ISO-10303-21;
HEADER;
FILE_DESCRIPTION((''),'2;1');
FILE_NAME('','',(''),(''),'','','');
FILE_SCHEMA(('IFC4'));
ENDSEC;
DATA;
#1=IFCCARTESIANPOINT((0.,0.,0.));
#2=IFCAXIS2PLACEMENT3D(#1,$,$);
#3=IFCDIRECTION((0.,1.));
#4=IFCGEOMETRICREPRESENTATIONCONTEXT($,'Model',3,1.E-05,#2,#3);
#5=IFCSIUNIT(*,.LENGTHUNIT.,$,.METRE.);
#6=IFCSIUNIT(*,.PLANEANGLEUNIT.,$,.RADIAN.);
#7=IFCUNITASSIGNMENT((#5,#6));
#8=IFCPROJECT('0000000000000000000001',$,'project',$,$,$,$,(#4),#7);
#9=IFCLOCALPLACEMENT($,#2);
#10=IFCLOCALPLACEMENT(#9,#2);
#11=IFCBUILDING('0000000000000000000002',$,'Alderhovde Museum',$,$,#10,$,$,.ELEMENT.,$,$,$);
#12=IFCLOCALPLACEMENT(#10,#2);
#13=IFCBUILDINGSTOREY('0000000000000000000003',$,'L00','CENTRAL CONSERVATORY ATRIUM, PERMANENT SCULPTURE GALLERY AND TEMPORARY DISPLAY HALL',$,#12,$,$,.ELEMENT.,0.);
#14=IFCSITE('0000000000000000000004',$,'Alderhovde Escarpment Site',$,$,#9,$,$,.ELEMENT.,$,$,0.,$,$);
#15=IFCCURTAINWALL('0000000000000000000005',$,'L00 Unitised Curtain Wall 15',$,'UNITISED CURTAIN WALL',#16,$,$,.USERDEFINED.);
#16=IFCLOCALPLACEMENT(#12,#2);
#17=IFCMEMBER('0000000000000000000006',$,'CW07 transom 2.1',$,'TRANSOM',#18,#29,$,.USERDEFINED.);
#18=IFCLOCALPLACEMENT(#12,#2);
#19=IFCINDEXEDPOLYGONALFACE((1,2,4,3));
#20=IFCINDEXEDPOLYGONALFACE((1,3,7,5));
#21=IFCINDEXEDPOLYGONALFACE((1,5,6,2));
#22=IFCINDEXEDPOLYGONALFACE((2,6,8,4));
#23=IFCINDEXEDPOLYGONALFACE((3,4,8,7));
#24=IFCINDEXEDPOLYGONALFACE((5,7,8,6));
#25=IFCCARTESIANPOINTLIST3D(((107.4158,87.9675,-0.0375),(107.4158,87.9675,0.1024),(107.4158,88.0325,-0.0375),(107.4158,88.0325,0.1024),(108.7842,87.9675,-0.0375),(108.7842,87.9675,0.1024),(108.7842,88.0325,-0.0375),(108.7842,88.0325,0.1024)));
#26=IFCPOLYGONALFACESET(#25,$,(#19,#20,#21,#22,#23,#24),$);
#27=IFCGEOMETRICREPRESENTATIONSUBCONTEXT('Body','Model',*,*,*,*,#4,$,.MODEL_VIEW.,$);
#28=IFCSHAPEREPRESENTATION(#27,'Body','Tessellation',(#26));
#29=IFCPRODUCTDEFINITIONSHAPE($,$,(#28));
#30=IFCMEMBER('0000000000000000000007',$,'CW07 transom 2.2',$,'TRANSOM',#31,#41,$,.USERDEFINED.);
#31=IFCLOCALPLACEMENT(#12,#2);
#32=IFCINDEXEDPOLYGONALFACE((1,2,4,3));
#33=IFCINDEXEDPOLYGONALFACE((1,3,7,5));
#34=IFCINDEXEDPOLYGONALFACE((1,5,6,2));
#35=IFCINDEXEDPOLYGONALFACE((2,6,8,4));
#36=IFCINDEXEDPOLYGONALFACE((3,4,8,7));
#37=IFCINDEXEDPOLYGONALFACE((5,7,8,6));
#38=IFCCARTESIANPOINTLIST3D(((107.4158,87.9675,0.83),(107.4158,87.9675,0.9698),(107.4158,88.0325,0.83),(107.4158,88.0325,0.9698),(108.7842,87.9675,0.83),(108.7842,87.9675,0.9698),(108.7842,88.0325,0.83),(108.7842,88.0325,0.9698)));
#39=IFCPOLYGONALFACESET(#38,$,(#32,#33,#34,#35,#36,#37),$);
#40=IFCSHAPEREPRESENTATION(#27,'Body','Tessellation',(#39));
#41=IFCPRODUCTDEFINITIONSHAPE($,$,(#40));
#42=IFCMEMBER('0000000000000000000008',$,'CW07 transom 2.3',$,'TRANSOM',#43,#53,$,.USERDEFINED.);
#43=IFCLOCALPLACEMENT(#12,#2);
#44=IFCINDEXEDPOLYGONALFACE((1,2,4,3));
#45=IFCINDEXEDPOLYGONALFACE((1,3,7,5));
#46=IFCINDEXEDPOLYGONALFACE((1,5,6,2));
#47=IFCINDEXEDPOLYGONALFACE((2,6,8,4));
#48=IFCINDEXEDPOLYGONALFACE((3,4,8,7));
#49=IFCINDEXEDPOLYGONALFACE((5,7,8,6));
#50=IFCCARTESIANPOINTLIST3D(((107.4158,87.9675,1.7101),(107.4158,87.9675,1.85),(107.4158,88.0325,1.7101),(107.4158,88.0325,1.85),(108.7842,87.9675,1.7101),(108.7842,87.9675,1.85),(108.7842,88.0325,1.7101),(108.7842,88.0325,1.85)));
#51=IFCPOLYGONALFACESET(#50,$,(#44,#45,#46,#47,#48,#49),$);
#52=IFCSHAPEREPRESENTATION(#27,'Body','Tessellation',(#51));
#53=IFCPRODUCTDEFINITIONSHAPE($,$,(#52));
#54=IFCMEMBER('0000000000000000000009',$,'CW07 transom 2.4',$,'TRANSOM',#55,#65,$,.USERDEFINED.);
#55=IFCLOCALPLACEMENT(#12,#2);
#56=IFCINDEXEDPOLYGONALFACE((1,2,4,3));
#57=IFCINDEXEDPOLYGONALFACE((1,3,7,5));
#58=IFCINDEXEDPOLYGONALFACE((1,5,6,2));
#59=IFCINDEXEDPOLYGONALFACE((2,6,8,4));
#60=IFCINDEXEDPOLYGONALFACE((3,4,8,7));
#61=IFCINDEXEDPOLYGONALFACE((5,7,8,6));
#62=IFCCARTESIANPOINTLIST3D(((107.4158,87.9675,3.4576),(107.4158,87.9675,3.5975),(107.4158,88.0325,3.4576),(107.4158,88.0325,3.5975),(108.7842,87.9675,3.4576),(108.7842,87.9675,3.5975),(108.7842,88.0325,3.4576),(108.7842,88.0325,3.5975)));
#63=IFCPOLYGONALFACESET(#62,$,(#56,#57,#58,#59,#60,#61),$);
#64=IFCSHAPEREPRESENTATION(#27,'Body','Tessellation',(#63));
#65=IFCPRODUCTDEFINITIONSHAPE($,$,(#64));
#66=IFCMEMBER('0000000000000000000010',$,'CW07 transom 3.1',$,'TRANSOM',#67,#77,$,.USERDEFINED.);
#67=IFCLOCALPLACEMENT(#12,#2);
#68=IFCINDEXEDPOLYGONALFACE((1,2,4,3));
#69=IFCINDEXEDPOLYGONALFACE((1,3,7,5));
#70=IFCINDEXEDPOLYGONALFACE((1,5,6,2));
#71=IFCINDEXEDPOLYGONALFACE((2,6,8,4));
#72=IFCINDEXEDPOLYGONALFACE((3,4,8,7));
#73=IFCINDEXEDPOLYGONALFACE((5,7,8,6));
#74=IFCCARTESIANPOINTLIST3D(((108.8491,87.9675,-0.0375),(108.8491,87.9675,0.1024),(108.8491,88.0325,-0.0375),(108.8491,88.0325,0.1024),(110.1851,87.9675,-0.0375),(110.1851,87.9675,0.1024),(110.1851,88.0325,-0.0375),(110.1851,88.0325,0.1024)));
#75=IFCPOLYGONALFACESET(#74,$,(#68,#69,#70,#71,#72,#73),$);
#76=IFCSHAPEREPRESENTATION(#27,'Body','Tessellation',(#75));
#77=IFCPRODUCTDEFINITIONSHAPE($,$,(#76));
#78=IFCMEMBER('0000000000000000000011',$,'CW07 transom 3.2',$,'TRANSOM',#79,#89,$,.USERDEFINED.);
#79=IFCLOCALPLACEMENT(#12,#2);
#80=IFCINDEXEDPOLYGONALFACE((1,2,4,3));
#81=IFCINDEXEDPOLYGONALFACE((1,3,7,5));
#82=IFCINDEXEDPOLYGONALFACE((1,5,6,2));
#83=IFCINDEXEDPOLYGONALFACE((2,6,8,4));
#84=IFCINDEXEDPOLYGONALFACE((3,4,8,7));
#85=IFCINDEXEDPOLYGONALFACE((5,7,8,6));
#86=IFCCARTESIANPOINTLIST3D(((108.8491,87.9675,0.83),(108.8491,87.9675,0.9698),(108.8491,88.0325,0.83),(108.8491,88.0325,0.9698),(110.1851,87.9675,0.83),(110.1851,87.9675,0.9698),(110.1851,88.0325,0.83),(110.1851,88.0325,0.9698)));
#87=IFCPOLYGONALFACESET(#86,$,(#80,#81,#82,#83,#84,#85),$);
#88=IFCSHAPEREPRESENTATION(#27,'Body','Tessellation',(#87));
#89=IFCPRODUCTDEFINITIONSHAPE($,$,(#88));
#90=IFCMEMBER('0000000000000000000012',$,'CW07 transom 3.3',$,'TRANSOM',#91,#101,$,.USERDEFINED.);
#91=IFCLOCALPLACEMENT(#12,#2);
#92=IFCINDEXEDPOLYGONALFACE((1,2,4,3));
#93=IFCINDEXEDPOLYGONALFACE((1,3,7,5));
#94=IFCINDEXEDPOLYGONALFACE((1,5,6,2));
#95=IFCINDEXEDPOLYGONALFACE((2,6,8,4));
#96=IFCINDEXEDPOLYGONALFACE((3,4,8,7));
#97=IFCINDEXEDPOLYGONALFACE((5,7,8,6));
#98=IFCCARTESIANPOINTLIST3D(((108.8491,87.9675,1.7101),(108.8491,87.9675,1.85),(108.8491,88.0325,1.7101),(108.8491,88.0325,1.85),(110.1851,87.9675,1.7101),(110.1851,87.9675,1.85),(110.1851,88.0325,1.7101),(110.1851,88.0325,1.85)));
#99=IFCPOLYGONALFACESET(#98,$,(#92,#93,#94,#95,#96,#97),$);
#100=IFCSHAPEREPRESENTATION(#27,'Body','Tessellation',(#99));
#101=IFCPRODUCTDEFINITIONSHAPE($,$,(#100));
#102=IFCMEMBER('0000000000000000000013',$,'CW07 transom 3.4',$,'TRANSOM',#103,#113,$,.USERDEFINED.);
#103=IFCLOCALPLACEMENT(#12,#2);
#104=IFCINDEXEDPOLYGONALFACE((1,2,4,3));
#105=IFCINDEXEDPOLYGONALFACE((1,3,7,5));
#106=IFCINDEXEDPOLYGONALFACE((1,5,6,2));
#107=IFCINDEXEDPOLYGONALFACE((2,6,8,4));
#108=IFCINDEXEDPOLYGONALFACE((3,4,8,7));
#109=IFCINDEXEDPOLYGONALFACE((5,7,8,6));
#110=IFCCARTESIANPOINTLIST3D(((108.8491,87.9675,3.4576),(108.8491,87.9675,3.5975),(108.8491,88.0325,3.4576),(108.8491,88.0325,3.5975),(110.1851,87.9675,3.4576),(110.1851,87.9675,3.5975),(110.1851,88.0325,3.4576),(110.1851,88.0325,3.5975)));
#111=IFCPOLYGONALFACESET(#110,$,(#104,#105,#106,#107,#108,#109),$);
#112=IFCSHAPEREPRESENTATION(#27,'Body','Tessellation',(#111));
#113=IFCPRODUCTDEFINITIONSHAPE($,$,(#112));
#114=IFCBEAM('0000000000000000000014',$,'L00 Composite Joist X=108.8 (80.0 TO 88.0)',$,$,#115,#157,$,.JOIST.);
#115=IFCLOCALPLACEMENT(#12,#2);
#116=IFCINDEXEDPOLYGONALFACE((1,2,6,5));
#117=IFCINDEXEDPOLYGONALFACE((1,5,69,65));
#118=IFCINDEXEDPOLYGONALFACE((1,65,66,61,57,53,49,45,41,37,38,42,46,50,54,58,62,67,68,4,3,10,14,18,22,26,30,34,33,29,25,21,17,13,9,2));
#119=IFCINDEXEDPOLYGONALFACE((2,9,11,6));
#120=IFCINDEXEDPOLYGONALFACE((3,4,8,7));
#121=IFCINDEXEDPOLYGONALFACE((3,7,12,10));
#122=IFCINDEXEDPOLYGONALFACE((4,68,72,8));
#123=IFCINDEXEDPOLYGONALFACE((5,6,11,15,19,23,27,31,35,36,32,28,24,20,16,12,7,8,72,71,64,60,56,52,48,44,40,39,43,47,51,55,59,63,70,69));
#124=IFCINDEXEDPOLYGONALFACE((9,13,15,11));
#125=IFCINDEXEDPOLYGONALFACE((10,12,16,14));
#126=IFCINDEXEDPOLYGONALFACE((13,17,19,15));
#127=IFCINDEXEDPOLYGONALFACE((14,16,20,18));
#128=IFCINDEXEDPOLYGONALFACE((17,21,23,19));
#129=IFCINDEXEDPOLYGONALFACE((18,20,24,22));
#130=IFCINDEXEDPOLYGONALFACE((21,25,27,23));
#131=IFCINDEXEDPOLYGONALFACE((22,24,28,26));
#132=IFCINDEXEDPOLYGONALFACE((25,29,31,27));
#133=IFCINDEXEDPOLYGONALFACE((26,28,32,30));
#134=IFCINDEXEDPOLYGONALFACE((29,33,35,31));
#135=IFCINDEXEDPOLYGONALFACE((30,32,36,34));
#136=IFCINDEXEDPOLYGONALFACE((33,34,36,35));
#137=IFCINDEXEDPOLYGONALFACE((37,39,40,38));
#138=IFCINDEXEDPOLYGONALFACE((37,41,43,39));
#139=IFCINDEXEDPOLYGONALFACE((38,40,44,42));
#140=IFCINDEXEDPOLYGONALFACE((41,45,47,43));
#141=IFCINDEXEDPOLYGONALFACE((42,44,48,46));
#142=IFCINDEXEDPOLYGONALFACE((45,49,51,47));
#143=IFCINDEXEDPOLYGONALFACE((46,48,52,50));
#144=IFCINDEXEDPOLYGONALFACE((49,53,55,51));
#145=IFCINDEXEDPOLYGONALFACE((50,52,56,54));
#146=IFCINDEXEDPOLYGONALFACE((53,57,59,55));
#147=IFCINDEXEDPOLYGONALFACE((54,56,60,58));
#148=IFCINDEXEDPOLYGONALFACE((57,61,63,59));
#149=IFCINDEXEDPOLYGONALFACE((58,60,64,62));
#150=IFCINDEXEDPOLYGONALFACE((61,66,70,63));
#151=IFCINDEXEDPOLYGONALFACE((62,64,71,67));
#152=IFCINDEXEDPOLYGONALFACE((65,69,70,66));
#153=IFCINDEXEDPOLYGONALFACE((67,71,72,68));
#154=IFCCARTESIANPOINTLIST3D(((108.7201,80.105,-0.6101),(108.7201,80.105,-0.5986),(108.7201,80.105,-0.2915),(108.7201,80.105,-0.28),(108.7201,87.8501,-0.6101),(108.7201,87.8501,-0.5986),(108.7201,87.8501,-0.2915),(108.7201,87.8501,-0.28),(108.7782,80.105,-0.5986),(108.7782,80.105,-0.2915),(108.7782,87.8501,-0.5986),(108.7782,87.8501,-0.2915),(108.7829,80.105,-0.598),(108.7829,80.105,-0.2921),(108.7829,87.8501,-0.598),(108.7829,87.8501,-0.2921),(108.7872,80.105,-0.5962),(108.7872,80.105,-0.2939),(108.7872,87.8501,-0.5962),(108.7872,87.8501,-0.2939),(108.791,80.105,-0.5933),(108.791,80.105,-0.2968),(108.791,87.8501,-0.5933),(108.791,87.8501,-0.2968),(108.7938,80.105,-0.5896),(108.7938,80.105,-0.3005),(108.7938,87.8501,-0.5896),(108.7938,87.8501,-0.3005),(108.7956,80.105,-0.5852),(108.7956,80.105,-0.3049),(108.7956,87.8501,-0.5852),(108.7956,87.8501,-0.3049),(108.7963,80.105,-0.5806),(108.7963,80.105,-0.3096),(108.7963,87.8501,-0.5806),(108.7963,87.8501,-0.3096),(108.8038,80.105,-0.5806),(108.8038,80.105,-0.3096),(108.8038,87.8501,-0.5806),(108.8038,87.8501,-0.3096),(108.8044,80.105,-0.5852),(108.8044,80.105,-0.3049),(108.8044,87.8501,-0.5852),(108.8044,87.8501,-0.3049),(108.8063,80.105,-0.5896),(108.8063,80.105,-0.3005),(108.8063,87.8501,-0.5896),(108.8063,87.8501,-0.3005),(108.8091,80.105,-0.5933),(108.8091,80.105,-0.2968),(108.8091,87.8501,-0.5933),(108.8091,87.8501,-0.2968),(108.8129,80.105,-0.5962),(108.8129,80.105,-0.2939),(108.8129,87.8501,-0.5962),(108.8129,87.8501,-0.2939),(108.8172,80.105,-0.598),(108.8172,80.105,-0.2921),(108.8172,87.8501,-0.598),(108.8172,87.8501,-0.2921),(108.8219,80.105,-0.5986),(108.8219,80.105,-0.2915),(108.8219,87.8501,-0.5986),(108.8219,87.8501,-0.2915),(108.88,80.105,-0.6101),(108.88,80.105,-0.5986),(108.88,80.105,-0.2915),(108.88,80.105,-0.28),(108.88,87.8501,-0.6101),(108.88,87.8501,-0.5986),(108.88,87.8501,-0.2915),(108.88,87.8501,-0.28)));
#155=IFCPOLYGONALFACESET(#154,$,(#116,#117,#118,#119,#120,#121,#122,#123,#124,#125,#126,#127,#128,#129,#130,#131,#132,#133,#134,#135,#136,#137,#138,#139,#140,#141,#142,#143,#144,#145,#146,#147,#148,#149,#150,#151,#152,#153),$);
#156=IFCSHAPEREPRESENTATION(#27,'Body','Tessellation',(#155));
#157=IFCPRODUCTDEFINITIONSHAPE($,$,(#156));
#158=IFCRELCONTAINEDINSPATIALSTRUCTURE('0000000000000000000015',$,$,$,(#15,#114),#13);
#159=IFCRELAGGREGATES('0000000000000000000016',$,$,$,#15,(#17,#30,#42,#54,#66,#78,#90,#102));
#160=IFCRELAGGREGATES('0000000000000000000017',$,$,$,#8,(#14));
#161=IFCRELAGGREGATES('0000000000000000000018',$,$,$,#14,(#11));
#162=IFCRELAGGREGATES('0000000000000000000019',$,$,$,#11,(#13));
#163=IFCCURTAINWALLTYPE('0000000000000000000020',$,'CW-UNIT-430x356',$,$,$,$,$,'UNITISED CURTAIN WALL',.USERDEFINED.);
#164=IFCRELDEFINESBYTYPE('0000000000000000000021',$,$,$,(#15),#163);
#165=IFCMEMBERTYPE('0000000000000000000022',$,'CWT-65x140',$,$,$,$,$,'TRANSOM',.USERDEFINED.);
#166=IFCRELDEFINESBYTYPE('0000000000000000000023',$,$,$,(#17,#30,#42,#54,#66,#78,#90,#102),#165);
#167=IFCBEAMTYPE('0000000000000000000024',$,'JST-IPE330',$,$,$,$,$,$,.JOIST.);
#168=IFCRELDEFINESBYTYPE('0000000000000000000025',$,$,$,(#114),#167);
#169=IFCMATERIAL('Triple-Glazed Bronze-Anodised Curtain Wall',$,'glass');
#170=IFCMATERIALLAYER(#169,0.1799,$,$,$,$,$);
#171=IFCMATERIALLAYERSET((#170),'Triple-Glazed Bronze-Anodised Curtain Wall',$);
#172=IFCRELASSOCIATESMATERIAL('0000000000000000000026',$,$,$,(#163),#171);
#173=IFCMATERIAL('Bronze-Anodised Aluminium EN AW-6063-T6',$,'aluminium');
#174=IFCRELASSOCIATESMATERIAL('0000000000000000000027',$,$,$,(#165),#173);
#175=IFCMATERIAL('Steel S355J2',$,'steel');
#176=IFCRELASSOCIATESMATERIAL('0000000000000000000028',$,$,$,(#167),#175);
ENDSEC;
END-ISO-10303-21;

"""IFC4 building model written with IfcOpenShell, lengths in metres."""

from ifc_helpers import new_model, si_unit, direction, frame, origin, origin_2d, place, context, subcontext, project, spatial, rectangle, i_section, extrude, material, layer, layer_set, material_profile, profile_set, type_object, element, aggregate, save


model = new_model("IFC4")

# Units and contexts
model_context = context("Model", 3, precision=1e-05, world=origin(), true_north=direction((0.0, 1.0)))
body_context = subcontext(model_context, "Body", "Model", "MODEL_VIEW")
ifc_project = project(units=[si_unit("LENGTHUNIT", "METRE"), si_unit("PLANEANGLEUNIT", "RADIAN")], contexts=[model_context])

# Site, building, storey
site_placement = place(None, origin())
site = spatial("IfcSite", under=ifc_project, at=site_placement, Name="Alderhovde Escarpment Site", CompositionType="ELEMENT", RefElevation=0.0)
building_placement = place(site_placement, origin())
building = spatial("IfcBuilding", under=site, at=building_placement, Name="Alderhovde Museum", CompositionType="ELEMENT")
storey_placement = place(building_placement, origin())
storey = spatial("IfcBuildingStorey", under=building, at=storey_placement, Name="L00", Description="CENTRAL CONSERVATORY ATRIUM, PERMANENT SCULPTURE GALLERY AND TEMPORARY DISPLAY HALL", CompositionType="ELEMENT", Elevation=0.0)

# Curtain wall, members
ifc_material_1 = material(Name="Triple-Glazed Bronze-Anodised Curtain Wall", Category="glass")
ifc_layer_1 = layer(ifc_material_1, 0.1799)
ifc_layer_set_1 = layer_set([ifc_layer_1], Name="Triple-Glazed Bronze-Anodised Curtain Wall")
curtain_wall_type = type_object("IfcCurtainWallType", Name="CW-UNIT-430x356", ElementType="UNITISED CURTAIN WALL", PredefinedType="USERDEFINED", material=ifc_layer_set_1)
curtain_wall_placement = place(storey_placement, origin())
curtain_wall = element("IfcCurtainWall", 1, at=curtain_wall_placement, inside=storey, type_object=curtain_wall_type, Name="L00 Unitised Curtain Wall 15", ObjectType="UNITISED CURTAIN WALL", PredefinedType="USERDEFINED")
ifc_material_2 = material(Name="Bronze-Anodised Aluminium EN AW-6063-T6", Category="aluminium")
ifc_material_profile_1 = material_profile(ifc_material_2, rectangle(XDim=0.0649, YDim=0.1399, at=origin_2d()), Name="TRANSOM 65x140")
ifc_profile_set_1 = profile_set([ifc_material_profile_1], Name="Bronze-Anodised Aluminium EN AW-6063-T6")
member_type_1 = type_object("IfcMemberType", Name="CWT-65x140", ElementType="TRANSOM", PredefinedType="USERDEFINED", material=ifc_profile_set_1)
member_1_placement = place(storey_placement, frame((107.4158, 88.0, 0.0325), z_axis=(1.0, 0.0, 0.0), x_axis=(0.0, 1.0, 0.0)))
member_1 = element("IfcMember", 2, at=member_1_placement, type_object=member_type_1, Name="CW07 transom 2.1", ObjectType="TRANSOM", PredefinedType="USERDEFINED", context=body_context, shape_type="SweptSolid", body=[
    extrude(rectangle(XDim=0.0649, YDim=0.1399, at=origin_2d()), origin(), (0.0, 0.0, 1.0), 1.3684),
])
member_2_placement = place(storey_placement, frame((107.4158, 88.0, 0.8999), z_axis=(1.0, 0.0, 0.0), x_axis=(0.0, 1.0, 0.0)))
member_2 = element("IfcMember", 3, at=member_2_placement, type_object=member_type_1, Name="CW07 transom 2.2", ObjectType="TRANSOM", PredefinedType="USERDEFINED", context=body_context, shape_type="SweptSolid", body=[
    extrude(rectangle(XDim=0.0649, YDim=0.1399, at=origin_2d()), origin(), (0.0, 0.0, 1.0), 1.3684),
])
member_3_placement = place(storey_placement, frame((107.4158, 88.0, 1.78), z_axis=(1.0, 0.0, 0.0), x_axis=(0.0, 1.0, 0.0)))
member_3 = element("IfcMember", 4, at=member_3_placement, type_object=member_type_1, Name="CW07 transom 2.3", ObjectType="TRANSOM", PredefinedType="USERDEFINED", context=body_context, shape_type="SweptSolid", body=[
    extrude(rectangle(XDim=0.0649, YDim=0.1399, at=origin_2d()), origin(), (0.0, 0.0, 1.0), 1.3684),
])
member_4_placement = place(storey_placement, frame((107.4158, 88.0, 3.5276), z_axis=(1.0, 0.0, 0.0), x_axis=(0.0, 1.0, 0.0)))
member_4 = element("IfcMember", 5, at=member_4_placement, type_object=member_type_1, Name="CW07 transom 2.4", ObjectType="TRANSOM", PredefinedType="USERDEFINED", context=body_context, shape_type="SweptSolid", body=[
    extrude(rectangle(XDim=0.0649, YDim=0.1399, at=origin_2d()), origin(), (0.0, 0.0, 1.0), 1.3684),
])
member_5_placement = place(storey_placement, frame((108.8491, 88.0, 0.0325), z_axis=(1.0, 0.0, 0.0), x_axis=(0.0, 1.0, 0.0)))
member_5 = element("IfcMember", 6, at=member_5_placement, type_object=member_type_1, Name="CW07 transom 3.1", ObjectType="TRANSOM", PredefinedType="USERDEFINED", context=body_context, shape_type="SweptSolid", body=[
    extrude(rectangle(XDim=0.0649, YDim=0.1399, at=origin_2d()), origin(), (0.0, 0.0, 1.0), 1.3359),
])
member_6_placement = place(storey_placement, frame((108.8491, 88.0, 0.8999), z_axis=(1.0, 0.0, 0.0), x_axis=(0.0, 1.0, 0.0)))
member_6 = element("IfcMember", 7, at=member_6_placement, type_object=member_type_1, Name="CW07 transom 3.2", ObjectType="TRANSOM", PredefinedType="USERDEFINED", context=body_context, shape_type="SweptSolid", body=[
    extrude(rectangle(XDim=0.0649, YDim=0.1399, at=origin_2d()), origin(), (0.0, 0.0, 1.0), 1.3359),
])
member_7_placement = place(storey_placement, frame((108.8491, 88.0, 1.78), z_axis=(1.0, 0.0, 0.0), x_axis=(0.0, 1.0, 0.0)))
member_7 = element("IfcMember", 8, at=member_7_placement, type_object=member_type_1, Name="CW07 transom 3.3", ObjectType="TRANSOM", PredefinedType="USERDEFINED", context=body_context, shape_type="SweptSolid", body=[
    extrude(rectangle(XDim=0.0649, YDim=0.1399, at=origin_2d()), origin(), (0.0, 0.0, 1.0), 1.3359),
])
member_8_placement = place(storey_placement, frame((108.8491, 88.0, 3.5276), z_axis=(1.0, 0.0, 0.0), x_axis=(0.0, 1.0, 0.0)))
member_8 = element("IfcMember", 9, at=member_8_placement, type_object=member_type_1, Name="CW07 transom 3.4", ObjectType="TRANSOM", PredefinedType="USERDEFINED", context=body_context, shape_type="SweptSolid", body=[
    extrude(rectangle(XDim=0.0649, YDim=0.1399, at=origin_2d()), origin(), (0.0, 0.0, 1.0), 1.3359),
])

# Beam
ifc_material_3 = material(Name="Steel S355J2", Category="steel")
ifc_material_profile_2 = material_profile(ifc_material_3, i_section(OverallWidth=0.1599, OverallDepth=0.3301, WebThickness=0.0076, FlangeThickness=0.0115, FilletRadius=0.0181, at=origin_2d()), Name="IPE 330")
ifc_profile_set_2 = profile_set([ifc_material_profile_2], Name="Steel S355J2")
beam_type_1 = type_object("IfcBeamType", Name="JST-IPE330", PredefinedType="JOIST", material=ifc_profile_set_2)
beam_1_placement = place(storey_placement, frame((108.8, 80.105, -0.4451), z_axis=(0.0, 1.0, 0.0), x_axis=(-1.0, 0.0, 0.0)))
element("IfcBeam", 10, at=beam_1_placement, inside=storey, type_object=beam_type_1, Name="L00 Composite Joist X=108.8 (80.0 TO 88.0)", PredefinedType="JOIST", context=body_context, shape_type="SweptSolid", body=[
    extrude(i_section(OverallWidth=0.1599, OverallDepth=0.3301, WebThickness=0.0076, FlangeThickness=0.0115, FilletRadius=0.0181, at=origin_2d()), origin(), (0.0, 0.0, 1.0), 7.7451),
])

aggregate(curtain_wall, [member_1, member_2, member_3, member_4, member_5, member_6, member_7, member_8])

save(model, "model.ifc")
